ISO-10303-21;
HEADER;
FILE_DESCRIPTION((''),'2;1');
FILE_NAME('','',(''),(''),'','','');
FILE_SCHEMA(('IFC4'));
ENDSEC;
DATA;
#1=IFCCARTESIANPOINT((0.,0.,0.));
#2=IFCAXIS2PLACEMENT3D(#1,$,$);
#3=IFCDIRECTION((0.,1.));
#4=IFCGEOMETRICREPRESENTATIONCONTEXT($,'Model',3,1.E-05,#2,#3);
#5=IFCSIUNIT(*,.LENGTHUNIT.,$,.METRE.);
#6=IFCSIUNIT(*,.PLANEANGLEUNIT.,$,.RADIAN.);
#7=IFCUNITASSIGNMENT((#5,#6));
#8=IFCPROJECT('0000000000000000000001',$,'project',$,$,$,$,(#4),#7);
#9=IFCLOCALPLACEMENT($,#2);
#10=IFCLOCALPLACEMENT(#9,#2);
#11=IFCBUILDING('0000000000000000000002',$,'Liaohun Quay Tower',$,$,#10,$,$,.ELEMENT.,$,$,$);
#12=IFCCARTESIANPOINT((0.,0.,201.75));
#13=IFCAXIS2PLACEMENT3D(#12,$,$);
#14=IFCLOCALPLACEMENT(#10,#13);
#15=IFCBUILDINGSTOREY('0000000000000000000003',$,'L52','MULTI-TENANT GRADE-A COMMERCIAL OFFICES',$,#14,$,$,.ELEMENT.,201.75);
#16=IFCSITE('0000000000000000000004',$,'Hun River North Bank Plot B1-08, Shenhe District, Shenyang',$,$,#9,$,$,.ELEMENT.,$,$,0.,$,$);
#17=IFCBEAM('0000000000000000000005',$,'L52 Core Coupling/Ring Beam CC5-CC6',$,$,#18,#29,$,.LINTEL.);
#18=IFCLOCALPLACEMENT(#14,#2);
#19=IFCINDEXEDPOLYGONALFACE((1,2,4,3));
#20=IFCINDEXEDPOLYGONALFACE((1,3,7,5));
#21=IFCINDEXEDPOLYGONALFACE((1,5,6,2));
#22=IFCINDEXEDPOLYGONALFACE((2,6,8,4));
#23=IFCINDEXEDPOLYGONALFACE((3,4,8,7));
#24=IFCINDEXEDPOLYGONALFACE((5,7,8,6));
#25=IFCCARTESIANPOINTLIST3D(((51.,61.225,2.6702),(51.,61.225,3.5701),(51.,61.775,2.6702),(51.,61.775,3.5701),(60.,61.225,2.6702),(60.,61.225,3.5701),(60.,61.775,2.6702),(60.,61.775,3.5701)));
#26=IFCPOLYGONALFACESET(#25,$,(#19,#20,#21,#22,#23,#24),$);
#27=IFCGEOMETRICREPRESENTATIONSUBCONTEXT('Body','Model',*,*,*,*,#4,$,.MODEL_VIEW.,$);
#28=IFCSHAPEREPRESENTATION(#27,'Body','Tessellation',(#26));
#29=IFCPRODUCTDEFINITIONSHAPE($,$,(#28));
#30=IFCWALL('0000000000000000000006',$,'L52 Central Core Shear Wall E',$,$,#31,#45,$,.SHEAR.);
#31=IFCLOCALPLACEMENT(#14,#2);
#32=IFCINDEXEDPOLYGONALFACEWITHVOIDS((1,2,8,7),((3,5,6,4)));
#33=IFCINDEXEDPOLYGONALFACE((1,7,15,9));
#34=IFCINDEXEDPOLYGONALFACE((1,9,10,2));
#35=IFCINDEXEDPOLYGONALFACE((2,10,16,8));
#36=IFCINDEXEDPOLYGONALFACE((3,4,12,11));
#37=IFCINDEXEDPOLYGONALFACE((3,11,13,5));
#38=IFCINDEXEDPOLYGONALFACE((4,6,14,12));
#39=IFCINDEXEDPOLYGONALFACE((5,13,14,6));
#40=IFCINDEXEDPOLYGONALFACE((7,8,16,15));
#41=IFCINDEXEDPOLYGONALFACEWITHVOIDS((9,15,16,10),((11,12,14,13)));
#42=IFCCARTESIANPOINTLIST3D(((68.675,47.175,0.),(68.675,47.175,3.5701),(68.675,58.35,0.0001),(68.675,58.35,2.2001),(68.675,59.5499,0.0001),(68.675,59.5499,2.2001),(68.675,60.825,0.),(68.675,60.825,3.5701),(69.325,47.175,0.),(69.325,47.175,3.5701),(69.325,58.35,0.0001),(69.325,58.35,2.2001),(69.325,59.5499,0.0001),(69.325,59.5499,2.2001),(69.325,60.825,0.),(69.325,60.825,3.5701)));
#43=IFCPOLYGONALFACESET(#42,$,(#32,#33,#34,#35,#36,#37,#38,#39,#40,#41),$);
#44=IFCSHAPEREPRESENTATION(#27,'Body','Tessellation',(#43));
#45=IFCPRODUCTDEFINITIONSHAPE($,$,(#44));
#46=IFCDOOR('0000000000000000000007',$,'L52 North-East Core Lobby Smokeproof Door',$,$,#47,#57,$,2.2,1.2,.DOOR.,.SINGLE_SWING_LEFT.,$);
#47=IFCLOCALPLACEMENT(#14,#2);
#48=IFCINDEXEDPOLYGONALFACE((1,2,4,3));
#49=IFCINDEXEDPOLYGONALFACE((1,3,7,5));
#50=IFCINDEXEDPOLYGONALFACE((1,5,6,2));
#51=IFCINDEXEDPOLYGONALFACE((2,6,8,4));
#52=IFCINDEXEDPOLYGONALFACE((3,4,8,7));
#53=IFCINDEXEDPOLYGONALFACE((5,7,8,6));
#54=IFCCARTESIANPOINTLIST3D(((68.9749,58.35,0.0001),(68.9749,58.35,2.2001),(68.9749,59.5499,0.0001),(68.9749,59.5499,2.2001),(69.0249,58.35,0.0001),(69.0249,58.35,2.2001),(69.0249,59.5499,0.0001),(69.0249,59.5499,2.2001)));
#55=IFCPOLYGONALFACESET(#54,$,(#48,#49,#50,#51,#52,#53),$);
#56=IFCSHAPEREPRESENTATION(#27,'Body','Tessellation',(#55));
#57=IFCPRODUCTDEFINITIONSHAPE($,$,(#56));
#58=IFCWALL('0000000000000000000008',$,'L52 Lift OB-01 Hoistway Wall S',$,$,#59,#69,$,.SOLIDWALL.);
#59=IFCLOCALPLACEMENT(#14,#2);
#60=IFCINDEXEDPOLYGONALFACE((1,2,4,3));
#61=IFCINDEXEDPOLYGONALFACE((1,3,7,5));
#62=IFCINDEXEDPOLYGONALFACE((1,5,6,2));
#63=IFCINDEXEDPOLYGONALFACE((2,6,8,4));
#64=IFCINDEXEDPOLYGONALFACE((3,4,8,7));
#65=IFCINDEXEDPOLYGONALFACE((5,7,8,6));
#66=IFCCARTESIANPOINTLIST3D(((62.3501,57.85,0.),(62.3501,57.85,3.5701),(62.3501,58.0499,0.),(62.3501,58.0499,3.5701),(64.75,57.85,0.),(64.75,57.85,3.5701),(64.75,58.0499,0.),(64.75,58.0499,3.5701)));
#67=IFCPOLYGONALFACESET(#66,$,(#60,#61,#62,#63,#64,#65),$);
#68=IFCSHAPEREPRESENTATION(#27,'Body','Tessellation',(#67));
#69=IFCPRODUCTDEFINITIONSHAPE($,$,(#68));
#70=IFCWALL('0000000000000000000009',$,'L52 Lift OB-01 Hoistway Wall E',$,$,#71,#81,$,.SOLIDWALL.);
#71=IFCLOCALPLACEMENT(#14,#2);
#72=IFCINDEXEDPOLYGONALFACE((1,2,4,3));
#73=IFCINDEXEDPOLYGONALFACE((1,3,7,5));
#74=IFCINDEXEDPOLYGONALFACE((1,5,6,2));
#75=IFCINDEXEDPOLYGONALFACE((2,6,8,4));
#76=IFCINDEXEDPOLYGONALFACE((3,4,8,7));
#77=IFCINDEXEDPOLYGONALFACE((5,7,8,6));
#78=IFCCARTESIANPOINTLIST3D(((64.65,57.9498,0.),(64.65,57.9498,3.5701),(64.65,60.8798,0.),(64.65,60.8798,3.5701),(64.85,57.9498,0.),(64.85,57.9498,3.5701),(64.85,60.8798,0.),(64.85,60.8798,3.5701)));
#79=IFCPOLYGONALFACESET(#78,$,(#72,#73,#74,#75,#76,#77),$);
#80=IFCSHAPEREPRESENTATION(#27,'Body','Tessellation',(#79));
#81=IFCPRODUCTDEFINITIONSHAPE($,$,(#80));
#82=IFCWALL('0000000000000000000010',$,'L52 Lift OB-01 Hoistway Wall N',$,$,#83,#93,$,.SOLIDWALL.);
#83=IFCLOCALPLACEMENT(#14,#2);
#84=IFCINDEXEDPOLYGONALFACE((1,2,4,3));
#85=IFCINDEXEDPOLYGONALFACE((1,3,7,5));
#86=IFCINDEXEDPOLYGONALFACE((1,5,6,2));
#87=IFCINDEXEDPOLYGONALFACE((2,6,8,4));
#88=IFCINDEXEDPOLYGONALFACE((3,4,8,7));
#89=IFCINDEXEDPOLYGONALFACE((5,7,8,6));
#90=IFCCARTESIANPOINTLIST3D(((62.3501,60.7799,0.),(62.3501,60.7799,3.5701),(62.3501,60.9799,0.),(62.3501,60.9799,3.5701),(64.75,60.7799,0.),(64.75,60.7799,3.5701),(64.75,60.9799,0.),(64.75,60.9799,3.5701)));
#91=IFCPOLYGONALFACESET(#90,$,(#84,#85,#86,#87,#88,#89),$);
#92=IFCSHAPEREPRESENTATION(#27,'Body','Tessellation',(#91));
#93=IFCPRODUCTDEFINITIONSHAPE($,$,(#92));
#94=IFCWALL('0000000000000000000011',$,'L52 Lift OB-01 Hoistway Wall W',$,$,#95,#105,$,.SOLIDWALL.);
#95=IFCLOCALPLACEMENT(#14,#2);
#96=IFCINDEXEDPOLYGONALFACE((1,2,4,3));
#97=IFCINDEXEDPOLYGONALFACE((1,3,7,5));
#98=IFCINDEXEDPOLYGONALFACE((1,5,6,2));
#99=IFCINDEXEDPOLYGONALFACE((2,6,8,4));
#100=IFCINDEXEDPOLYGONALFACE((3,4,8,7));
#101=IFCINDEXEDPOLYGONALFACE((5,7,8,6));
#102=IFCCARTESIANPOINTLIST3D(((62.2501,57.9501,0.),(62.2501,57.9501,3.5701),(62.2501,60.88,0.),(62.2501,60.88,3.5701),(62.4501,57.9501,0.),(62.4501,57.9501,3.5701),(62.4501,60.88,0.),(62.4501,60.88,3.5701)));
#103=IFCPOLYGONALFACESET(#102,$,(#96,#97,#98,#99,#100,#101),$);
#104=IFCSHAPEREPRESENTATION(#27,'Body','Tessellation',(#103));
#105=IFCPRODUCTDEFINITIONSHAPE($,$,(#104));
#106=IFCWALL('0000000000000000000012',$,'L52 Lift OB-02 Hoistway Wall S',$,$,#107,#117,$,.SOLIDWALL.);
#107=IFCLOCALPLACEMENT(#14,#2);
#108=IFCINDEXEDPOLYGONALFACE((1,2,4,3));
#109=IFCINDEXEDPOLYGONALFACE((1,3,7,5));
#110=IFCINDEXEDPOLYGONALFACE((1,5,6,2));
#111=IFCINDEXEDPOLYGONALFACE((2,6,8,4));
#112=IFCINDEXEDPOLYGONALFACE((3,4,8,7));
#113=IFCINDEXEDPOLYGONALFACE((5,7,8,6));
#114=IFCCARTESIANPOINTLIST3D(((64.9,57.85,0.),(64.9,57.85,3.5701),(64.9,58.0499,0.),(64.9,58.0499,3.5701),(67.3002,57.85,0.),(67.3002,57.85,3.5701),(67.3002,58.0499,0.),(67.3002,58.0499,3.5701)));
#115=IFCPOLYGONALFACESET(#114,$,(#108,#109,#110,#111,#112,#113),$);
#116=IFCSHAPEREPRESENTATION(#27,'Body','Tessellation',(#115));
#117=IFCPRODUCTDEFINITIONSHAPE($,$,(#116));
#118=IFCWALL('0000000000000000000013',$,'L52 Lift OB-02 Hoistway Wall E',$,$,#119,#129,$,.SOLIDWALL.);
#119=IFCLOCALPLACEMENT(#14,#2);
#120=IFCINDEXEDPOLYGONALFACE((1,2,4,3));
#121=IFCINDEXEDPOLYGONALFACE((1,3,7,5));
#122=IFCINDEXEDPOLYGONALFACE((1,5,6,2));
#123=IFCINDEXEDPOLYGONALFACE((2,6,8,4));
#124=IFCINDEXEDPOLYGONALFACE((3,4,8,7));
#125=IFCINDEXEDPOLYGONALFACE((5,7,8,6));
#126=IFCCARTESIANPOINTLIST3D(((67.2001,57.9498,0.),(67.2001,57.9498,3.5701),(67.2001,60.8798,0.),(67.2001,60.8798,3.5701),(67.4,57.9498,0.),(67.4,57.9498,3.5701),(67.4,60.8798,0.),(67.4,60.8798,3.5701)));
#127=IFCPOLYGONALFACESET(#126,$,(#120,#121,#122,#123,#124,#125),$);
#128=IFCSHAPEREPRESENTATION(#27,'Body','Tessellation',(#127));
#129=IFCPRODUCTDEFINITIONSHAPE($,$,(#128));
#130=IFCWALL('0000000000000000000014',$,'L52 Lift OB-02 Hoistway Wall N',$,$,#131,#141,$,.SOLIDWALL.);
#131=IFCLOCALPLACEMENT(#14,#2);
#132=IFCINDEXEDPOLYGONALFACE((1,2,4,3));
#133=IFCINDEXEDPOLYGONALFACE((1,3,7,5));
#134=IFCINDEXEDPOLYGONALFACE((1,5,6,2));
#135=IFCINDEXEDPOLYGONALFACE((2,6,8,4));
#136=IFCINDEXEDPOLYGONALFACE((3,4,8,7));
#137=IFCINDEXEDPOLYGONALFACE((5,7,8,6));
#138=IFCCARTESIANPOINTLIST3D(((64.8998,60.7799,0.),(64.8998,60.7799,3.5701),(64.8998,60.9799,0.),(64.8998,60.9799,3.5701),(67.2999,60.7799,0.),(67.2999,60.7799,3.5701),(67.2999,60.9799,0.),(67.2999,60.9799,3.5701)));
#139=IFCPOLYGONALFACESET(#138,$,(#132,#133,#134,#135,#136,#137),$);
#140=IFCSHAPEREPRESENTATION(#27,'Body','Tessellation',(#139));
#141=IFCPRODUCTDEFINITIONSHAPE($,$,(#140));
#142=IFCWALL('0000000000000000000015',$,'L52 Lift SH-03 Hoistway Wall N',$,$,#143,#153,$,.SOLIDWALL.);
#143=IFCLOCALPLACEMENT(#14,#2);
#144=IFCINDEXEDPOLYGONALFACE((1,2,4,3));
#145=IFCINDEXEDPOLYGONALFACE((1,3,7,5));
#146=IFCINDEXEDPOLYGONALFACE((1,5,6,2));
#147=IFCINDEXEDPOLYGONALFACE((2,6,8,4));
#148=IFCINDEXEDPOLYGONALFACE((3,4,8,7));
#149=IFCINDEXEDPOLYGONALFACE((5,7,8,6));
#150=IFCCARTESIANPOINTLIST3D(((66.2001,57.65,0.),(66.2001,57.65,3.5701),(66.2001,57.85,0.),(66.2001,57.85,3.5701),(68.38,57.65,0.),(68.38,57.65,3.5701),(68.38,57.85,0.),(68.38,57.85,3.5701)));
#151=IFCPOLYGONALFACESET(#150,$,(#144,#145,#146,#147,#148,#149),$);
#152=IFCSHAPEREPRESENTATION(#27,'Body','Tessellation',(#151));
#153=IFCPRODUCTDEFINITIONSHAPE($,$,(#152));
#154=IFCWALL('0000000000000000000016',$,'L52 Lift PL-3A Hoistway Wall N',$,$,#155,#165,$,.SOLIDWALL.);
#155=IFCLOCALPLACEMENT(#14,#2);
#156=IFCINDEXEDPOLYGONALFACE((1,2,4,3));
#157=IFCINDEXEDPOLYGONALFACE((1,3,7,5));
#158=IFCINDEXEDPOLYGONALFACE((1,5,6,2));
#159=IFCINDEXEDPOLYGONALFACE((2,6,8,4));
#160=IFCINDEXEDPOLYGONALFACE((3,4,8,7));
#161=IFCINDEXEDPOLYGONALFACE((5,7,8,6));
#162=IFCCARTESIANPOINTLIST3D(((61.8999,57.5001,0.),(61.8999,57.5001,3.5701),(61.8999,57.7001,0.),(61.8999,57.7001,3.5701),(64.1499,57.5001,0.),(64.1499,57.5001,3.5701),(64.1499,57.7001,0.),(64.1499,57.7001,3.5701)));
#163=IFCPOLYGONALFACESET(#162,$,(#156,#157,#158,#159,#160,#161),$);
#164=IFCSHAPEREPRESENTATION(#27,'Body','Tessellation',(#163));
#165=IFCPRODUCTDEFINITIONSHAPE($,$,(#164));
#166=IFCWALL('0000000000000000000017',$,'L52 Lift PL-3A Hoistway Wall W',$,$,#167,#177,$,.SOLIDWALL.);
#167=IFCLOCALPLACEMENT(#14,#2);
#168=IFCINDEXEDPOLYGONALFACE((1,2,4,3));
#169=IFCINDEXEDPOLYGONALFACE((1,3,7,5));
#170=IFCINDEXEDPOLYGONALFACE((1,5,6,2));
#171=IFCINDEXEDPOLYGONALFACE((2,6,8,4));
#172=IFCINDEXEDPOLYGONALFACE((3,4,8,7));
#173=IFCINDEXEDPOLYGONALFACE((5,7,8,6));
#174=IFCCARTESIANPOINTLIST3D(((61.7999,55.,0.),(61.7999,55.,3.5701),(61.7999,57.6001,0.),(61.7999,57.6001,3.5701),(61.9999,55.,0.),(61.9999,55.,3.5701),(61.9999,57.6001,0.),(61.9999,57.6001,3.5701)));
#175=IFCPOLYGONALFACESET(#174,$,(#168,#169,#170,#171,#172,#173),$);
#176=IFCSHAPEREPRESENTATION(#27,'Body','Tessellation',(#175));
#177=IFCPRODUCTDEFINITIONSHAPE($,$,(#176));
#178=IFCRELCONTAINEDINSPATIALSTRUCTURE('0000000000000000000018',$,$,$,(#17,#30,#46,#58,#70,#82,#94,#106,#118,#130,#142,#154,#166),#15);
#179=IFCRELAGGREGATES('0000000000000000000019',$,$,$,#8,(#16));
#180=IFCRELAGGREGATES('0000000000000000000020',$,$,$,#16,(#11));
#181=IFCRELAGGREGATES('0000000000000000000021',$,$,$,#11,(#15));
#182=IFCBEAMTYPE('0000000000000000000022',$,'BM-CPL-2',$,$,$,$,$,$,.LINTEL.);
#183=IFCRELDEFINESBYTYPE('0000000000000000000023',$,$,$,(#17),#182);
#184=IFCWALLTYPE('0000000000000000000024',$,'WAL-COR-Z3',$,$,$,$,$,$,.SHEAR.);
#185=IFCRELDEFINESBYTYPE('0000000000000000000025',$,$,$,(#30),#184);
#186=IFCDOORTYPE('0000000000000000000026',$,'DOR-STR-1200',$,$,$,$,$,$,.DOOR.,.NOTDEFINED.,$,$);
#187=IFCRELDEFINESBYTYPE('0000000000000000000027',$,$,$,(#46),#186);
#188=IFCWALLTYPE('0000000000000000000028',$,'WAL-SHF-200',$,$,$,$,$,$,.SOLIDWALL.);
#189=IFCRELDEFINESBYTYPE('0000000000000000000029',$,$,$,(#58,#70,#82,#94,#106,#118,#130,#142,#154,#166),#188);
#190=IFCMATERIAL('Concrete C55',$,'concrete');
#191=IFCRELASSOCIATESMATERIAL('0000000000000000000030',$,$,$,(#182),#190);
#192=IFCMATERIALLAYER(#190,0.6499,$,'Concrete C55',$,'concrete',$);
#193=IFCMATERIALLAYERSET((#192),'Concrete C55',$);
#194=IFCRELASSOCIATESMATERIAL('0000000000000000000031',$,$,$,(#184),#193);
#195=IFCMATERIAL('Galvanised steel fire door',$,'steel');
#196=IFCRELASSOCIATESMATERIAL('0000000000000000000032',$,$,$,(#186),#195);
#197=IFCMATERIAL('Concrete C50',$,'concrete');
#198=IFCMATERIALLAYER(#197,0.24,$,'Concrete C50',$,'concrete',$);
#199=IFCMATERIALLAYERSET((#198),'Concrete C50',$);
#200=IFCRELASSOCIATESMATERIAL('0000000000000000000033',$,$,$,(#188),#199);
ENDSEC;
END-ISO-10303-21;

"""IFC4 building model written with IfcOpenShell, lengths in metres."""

from ifc_helpers import new_model, si_unit, direction, frame, frame_2d, origin, origin_2d, place, context, subcontext, project, spatial, rectangle, extrude, source, transform, mapped, material, layer, layer_set, material_profile, profile_set, type_object, element, fill, save


model = new_model("IFC4")

# Units and contexts
model_context = context("Model", 3, precision=1e-05, world=origin(), true_north=direction((0.0, 1.0)))
body_context = subcontext(model_context, "Body", "Model", "MODEL_VIEW")
ifc_project = project(units=[si_unit("LENGTHUNIT", "METRE"), si_unit("PLANEANGLEUNIT", "RADIAN")], contexts=[model_context])

# Site, building, storey
site_placement = place(None, origin())
site = spatial("IfcSite", under=ifc_project, at=site_placement, Name="Hun River North Bank Plot B1-08, Shenhe District, Shenyang", CompositionType="ELEMENT", RefElevation=0.0)
building_placement = place(site_placement, origin())
building = spatial("IfcBuilding", under=site, at=building_placement, Name="Liaohun Quay Tower", CompositionType="ELEMENT")
storey_placement = place(building_placement, frame((0.0, 0.0, 201.75)))
storey = spatial("IfcBuildingStorey", under=building, at=storey_placement, Name="L52", Description="MULTI-TENANT GRADE-A COMMERCIAL OFFICES", CompositionType="ELEMENT", Elevation=201.75)

# Beam
ifc_material_1 = material(Name="Concrete C55", Category="concrete")
ifc_material_profile = material_profile(ifc_material_1, rectangle(XDim=0.55, YDim=0.8999, at=origin_2d()), Name="RC550x900")
ifc_profile_set = profile_set([ifc_material_profile], Name="Concrete C55")
beam_type = type_object("IfcBeamType", Name="BM-CPL-2", PredefinedType="LINTEL", material=ifc_profile_set)
shared_shape_1 = source(origin(), body_context, "Body", "SweptSolid", [
    extrude(rectangle(XDim=0.55, YDim=0.8999, at=origin_2d()), origin(), (0.0, 0.0, 1.0), 9.0),
])
beam_placement = place(storey_placement, frame((60.0, 61.5, 3.1201), z_axis=(-1.0, 0.0, 0.0), x_axis=(0.0, -1.0, 0.0)))
element("IfcBeam", 1, at=beam_placement, inside=storey, type_object=beam_type, Name="L52 Core Coupling/Ring Beam CC5-CC6", PredefinedType="LINTEL", context=body_context, shape_type="MappedRepresentation", body=[
    mapped(shared_shape_1, transform((0.0, 0.0, 0.0), x_axis=(1.0, 0.0, 0.0), y_axis=(0.0, 1.0, 0.0), z_axis=(0.0, 0.0, 1.0), scale=1.0)),
])

# Wall, opening, door
ifc_layer_1 = layer(ifc_material_1, 0.6499, Name="Concrete C55", Category="concrete")
ifc_layer_set_1 = layer_set([ifc_layer_1], Name="Concrete C55")
wall_type_1 = type_object("IfcWallType", Name="WAL-COR-Z3", PredefinedType="SHEAR", material=ifc_layer_set_1)
wall_1_placement = place(storey_placement, frame((69.0, 60.825, 0.0), z_axis=(0.0, 0.0, 1.0), x_axis=(0.0, -1.0, 0.0)))
wall_1 = element("IfcWall", 2, at=wall_1_placement, inside=storey, type_object=wall_type_1, Name="L52 Central Core Shear Wall E", PredefinedType="SHEAR", context=body_context, shape_type="SweptSolid", body=[
    extrude(rectangle(XDim=13.6499, YDim=0.6499, at=frame_2d((6.825, 0.0))), origin(), (0.0, 0.0, 1.0), 3.5701),
])
shared_shape_2 = source(origin(), body_context, "Body", "SweptSolid", [
    extrude(rectangle(XDim=1.2, YDim=2.2, at=frame_2d((0.6001, 1.1001))), frame((0.0, 0.335, 0.0), z_axis=(0.0, -1.0, 0.0), x_axis=(1.0, 0.0, 0.0)), (0.0, 0.0, 1.0), 0.6699),
])
opening_placement = place(wall_1_placement, frame((1.2749, 0.0, 0.0)))
opening = element("IfcOpeningElement", 3, at=opening_placement, cuts=wall_1, PredefinedType="OPENING", context=body_context, shape_type="MappedRepresentation", body=[
    mapped(shared_shape_2, transform((0.0, 0.0, 0.0), x_axis=(1.0, 0.0, 0.0), y_axis=(0.0, 1.0, 0.0), z_axis=(0.0, 0.0, 1.0), scale=1.0)),
])
ifc_material_2 = material(Name="Galvanised steel fire door", Category="steel")
door_type = type_object("IfcDoorType", Name="DOR-STR-1200", OperationType="NOTDEFINED", PredefinedType="DOOR", material=ifc_material_2)
shared_shape_3 = source(origin(), body_context, "Body", "SweptSolid", [
    extrude(rectangle(XDim=1.2, YDim=2.2, at=frame_2d((0.6001, 1.1001))), frame((0.0, 0.0249, 0.0), z_axis=(0.0, -1.0, 0.0), x_axis=(1.0, 0.0, 0.0)), (0.0, 0.0, 1.0), 0.05),
])
door_placement = place(opening_placement, origin())
door = element("IfcDoor", 4, at=door_placement, inside=storey, type_object=door_type, Name="L52 North-East Core Lobby Smokeproof Door", OperationType="SINGLE_SWING_LEFT", OverallHeight=2.2, OverallWidth=1.2, PredefinedType="DOOR", context=body_context, shape_type="MappedRepresentation", body=[
    mapped(shared_shape_3, transform((0.0, 0.0, 0.0), x_axis=(1.0, 0.0, 0.0), y_axis=(0.0, 1.0, 0.0), z_axis=(0.0, 0.0, 1.0), scale=1.0)),
])
fill(opening, door)

# Walls
ifc_material_3 = material(Name="Concrete C50", Category="concrete")
ifc_layer_2 = layer(ifc_material_3, 0.24, Name="Concrete C50", Category="concrete")
ifc_layer_set_2 = layer_set([ifc_layer_2], Name="Concrete C50")
wall_type_2 = type_object("IfcWallType", Name="WAL-SHF-200", PredefinedType="SOLIDWALL", material=ifc_layer_set_2)
wall_2_placement = place(storey_placement, frame((62.3501, 57.95, 0.0), z_axis=(0.0, 0.0, 1.0), x_axis=(1.0, 0.0, 0.0)))
element("IfcWall", 5, at=wall_2_placement, inside=storey, type_object=wall_type_2, Name="L52 Lift OB-01 Hoistway Wall S", PredefinedType="SOLIDWALL", context=body_context, shape_type="SweptSolid", body=[
    extrude(rectangle(XDim=2.3999, YDim=0.2, at=frame_2d((1.2, 0.0))), origin(), (0.0, 0.0, 1.0), 3.5701),
])
wall_3_placement = place(storey_placement, frame((64.75, 57.95, 0.0), z_axis=(0.0, 0.0, 1.0), x_axis=(0.0, 1.0, 0.0)))
element("IfcWall", 6, at=wall_3_placement, inside=storey, type_object=wall_type_2, Name="L52 Lift OB-01 Hoistway Wall E", PredefinedType="SOLIDWALL", context=body_context, shape_type="SweptSolid", body=[
    extrude(rectangle(XDim=2.9299, YDim=0.2, at=frame_2d((1.4648, 0.0))), origin(), (0.0, 0.0, 1.0), 3.5701),
])
wall_4_placement = place(storey_placement, frame((64.75, 60.8799, 0.0), z_axis=(0.0, 0.0, 1.0), x_axis=(-1.0, 0.0, 0.0)))
element("IfcWall", 7, at=wall_4_placement, inside=storey, type_object=wall_type_2, Name="L52 Lift OB-01 Hoistway Wall N", PredefinedType="SOLIDWALL", context=body_context, shape_type="SweptSolid", body=[
    extrude(rectangle(XDim=2.3999, YDim=0.2, at=frame_2d((1.2, 0.0))), origin(), (0.0, 0.0, 1.0), 3.5701),
])
wall_5_placement = place(storey_placement, frame((62.3501, 60.8799, 0.0), z_axis=(0.0, 0.0, 1.0), x_axis=(0.0, -1.0, 0.0)))
element("IfcWall", 8, at=wall_5_placement, inside=storey, type_object=wall_type_2, Name="L52 Lift OB-01 Hoistway Wall W", PredefinedType="SOLIDWALL", context=body_context, shape_type="SweptSolid", body=[
    extrude(rectangle(XDim=2.9299, YDim=0.2, at=frame_2d((1.4648, 0.0))), origin(), (0.0, 0.0, 1.0), 3.5701),
])
wall_6_placement = place(storey_placement, frame((64.8999, 57.95, 0.0), z_axis=(0.0, 0.0, 1.0), x_axis=(1.0, 0.0, 0.0)))
element("IfcWall", 9, at=wall_6_placement, inside=storey, type_object=wall_type_2, Name="L52 Lift OB-02 Hoistway Wall S", PredefinedType="SOLIDWALL", context=body_context, shape_type="SweptSolid", body=[
    extrude(rectangle(XDim=2.4001, YDim=0.2, at=frame_2d((1.2002, 0.0))), origin(), (0.0, 0.0, 1.0), 3.5701),
])
wall_7_placement = place(storey_placement, frame((67.3, 57.95, 0.0), z_axis=(0.0, 0.0, 1.0), x_axis=(0.0, 1.0, 0.0)))
element("IfcWall", 10, at=wall_7_placement, inside=storey, type_object=wall_type_2, Name="L52 Lift OB-02 Hoistway Wall E", PredefinedType="SOLIDWALL", context=body_context, shape_type="SweptSolid", body=[
    extrude(rectangle(XDim=2.9299, YDim=0.2, at=frame_2d((1.4648, 0.0))), origin(), (0.0, 0.0, 1.0), 3.5701),
])
wall_8_placement = place(storey_placement, frame((67.3, 60.8799, 0.0), z_axis=(0.0, 0.0, 1.0), x_axis=(-1.0, 0.0, 0.0)))
element("IfcWall", 11, at=wall_8_placement, inside=storey, type_object=wall_type_2, Name="L52 Lift OB-02 Hoistway Wall N", PredefinedType="SOLIDWALL", context=body_context, shape_type="SweptSolid", body=[
    extrude(rectangle(XDim=2.4001, YDim=0.2, at=frame_2d((1.2002, 0.0))), origin(), (0.0, 0.0, 1.0), 3.5701),
])
wall_9_placement = place(storey_placement, frame((68.3799, 57.75, 0.0), z_axis=(0.0, 0.0, 1.0), x_axis=(-1.0, 0.0, 0.0)))
element("IfcWall", 12, at=wall_9_placement, inside=storey, type_object=wall_type_2, Name="L52 Lift SH-03 Hoistway Wall N", PredefinedType="SOLIDWALL", context=body_context, shape_type="SweptSolid", body=[
    extrude(rectangle(XDim=2.1799, YDim=0.2, at=frame_2d((1.0898, 0.0))), origin(), (0.0, 0.0, 1.0), 3.5701),
])
wall_10_placement = place(storey_placement, frame((64.1499, 57.6001, 0.0), z_axis=(0.0, 0.0, 1.0), x_axis=(-1.0, 0.0, 0.0)))
element("IfcWall", 13, at=wall_10_placement, inside=storey, type_object=wall_type_2, Name="L52 Lift PL-3A Hoistway Wall N", PredefinedType="SOLIDWALL", context=body_context, shape_type="SweptSolid", body=[
    extrude(rectangle(XDim=2.25, YDim=0.2, at=frame_2d((1.125, 0.0))), origin(), (0.0, 0.0, 1.0), 3.5701),
])
wall_11_placement = place(storey_placement, frame((61.8999, 57.6001, 0.0), z_axis=(0.0, 0.0, 1.0), x_axis=(0.0, -1.0, 0.0)))
element("IfcWall", 14, at=wall_11_placement, inside=storey, type_object=wall_type_2, Name="L52 Lift PL-3A Hoistway Wall W", PredefinedType="SOLIDWALL", context=body_context, shape_type="SweptSolid", body=[
    extrude(rectangle(XDim=2.6001, YDim=0.2, at=frame_2d((1.3, 0.0))), origin(), (0.0, 0.0, 1.0), 3.5701),
])

save(model, "model.ifc")
